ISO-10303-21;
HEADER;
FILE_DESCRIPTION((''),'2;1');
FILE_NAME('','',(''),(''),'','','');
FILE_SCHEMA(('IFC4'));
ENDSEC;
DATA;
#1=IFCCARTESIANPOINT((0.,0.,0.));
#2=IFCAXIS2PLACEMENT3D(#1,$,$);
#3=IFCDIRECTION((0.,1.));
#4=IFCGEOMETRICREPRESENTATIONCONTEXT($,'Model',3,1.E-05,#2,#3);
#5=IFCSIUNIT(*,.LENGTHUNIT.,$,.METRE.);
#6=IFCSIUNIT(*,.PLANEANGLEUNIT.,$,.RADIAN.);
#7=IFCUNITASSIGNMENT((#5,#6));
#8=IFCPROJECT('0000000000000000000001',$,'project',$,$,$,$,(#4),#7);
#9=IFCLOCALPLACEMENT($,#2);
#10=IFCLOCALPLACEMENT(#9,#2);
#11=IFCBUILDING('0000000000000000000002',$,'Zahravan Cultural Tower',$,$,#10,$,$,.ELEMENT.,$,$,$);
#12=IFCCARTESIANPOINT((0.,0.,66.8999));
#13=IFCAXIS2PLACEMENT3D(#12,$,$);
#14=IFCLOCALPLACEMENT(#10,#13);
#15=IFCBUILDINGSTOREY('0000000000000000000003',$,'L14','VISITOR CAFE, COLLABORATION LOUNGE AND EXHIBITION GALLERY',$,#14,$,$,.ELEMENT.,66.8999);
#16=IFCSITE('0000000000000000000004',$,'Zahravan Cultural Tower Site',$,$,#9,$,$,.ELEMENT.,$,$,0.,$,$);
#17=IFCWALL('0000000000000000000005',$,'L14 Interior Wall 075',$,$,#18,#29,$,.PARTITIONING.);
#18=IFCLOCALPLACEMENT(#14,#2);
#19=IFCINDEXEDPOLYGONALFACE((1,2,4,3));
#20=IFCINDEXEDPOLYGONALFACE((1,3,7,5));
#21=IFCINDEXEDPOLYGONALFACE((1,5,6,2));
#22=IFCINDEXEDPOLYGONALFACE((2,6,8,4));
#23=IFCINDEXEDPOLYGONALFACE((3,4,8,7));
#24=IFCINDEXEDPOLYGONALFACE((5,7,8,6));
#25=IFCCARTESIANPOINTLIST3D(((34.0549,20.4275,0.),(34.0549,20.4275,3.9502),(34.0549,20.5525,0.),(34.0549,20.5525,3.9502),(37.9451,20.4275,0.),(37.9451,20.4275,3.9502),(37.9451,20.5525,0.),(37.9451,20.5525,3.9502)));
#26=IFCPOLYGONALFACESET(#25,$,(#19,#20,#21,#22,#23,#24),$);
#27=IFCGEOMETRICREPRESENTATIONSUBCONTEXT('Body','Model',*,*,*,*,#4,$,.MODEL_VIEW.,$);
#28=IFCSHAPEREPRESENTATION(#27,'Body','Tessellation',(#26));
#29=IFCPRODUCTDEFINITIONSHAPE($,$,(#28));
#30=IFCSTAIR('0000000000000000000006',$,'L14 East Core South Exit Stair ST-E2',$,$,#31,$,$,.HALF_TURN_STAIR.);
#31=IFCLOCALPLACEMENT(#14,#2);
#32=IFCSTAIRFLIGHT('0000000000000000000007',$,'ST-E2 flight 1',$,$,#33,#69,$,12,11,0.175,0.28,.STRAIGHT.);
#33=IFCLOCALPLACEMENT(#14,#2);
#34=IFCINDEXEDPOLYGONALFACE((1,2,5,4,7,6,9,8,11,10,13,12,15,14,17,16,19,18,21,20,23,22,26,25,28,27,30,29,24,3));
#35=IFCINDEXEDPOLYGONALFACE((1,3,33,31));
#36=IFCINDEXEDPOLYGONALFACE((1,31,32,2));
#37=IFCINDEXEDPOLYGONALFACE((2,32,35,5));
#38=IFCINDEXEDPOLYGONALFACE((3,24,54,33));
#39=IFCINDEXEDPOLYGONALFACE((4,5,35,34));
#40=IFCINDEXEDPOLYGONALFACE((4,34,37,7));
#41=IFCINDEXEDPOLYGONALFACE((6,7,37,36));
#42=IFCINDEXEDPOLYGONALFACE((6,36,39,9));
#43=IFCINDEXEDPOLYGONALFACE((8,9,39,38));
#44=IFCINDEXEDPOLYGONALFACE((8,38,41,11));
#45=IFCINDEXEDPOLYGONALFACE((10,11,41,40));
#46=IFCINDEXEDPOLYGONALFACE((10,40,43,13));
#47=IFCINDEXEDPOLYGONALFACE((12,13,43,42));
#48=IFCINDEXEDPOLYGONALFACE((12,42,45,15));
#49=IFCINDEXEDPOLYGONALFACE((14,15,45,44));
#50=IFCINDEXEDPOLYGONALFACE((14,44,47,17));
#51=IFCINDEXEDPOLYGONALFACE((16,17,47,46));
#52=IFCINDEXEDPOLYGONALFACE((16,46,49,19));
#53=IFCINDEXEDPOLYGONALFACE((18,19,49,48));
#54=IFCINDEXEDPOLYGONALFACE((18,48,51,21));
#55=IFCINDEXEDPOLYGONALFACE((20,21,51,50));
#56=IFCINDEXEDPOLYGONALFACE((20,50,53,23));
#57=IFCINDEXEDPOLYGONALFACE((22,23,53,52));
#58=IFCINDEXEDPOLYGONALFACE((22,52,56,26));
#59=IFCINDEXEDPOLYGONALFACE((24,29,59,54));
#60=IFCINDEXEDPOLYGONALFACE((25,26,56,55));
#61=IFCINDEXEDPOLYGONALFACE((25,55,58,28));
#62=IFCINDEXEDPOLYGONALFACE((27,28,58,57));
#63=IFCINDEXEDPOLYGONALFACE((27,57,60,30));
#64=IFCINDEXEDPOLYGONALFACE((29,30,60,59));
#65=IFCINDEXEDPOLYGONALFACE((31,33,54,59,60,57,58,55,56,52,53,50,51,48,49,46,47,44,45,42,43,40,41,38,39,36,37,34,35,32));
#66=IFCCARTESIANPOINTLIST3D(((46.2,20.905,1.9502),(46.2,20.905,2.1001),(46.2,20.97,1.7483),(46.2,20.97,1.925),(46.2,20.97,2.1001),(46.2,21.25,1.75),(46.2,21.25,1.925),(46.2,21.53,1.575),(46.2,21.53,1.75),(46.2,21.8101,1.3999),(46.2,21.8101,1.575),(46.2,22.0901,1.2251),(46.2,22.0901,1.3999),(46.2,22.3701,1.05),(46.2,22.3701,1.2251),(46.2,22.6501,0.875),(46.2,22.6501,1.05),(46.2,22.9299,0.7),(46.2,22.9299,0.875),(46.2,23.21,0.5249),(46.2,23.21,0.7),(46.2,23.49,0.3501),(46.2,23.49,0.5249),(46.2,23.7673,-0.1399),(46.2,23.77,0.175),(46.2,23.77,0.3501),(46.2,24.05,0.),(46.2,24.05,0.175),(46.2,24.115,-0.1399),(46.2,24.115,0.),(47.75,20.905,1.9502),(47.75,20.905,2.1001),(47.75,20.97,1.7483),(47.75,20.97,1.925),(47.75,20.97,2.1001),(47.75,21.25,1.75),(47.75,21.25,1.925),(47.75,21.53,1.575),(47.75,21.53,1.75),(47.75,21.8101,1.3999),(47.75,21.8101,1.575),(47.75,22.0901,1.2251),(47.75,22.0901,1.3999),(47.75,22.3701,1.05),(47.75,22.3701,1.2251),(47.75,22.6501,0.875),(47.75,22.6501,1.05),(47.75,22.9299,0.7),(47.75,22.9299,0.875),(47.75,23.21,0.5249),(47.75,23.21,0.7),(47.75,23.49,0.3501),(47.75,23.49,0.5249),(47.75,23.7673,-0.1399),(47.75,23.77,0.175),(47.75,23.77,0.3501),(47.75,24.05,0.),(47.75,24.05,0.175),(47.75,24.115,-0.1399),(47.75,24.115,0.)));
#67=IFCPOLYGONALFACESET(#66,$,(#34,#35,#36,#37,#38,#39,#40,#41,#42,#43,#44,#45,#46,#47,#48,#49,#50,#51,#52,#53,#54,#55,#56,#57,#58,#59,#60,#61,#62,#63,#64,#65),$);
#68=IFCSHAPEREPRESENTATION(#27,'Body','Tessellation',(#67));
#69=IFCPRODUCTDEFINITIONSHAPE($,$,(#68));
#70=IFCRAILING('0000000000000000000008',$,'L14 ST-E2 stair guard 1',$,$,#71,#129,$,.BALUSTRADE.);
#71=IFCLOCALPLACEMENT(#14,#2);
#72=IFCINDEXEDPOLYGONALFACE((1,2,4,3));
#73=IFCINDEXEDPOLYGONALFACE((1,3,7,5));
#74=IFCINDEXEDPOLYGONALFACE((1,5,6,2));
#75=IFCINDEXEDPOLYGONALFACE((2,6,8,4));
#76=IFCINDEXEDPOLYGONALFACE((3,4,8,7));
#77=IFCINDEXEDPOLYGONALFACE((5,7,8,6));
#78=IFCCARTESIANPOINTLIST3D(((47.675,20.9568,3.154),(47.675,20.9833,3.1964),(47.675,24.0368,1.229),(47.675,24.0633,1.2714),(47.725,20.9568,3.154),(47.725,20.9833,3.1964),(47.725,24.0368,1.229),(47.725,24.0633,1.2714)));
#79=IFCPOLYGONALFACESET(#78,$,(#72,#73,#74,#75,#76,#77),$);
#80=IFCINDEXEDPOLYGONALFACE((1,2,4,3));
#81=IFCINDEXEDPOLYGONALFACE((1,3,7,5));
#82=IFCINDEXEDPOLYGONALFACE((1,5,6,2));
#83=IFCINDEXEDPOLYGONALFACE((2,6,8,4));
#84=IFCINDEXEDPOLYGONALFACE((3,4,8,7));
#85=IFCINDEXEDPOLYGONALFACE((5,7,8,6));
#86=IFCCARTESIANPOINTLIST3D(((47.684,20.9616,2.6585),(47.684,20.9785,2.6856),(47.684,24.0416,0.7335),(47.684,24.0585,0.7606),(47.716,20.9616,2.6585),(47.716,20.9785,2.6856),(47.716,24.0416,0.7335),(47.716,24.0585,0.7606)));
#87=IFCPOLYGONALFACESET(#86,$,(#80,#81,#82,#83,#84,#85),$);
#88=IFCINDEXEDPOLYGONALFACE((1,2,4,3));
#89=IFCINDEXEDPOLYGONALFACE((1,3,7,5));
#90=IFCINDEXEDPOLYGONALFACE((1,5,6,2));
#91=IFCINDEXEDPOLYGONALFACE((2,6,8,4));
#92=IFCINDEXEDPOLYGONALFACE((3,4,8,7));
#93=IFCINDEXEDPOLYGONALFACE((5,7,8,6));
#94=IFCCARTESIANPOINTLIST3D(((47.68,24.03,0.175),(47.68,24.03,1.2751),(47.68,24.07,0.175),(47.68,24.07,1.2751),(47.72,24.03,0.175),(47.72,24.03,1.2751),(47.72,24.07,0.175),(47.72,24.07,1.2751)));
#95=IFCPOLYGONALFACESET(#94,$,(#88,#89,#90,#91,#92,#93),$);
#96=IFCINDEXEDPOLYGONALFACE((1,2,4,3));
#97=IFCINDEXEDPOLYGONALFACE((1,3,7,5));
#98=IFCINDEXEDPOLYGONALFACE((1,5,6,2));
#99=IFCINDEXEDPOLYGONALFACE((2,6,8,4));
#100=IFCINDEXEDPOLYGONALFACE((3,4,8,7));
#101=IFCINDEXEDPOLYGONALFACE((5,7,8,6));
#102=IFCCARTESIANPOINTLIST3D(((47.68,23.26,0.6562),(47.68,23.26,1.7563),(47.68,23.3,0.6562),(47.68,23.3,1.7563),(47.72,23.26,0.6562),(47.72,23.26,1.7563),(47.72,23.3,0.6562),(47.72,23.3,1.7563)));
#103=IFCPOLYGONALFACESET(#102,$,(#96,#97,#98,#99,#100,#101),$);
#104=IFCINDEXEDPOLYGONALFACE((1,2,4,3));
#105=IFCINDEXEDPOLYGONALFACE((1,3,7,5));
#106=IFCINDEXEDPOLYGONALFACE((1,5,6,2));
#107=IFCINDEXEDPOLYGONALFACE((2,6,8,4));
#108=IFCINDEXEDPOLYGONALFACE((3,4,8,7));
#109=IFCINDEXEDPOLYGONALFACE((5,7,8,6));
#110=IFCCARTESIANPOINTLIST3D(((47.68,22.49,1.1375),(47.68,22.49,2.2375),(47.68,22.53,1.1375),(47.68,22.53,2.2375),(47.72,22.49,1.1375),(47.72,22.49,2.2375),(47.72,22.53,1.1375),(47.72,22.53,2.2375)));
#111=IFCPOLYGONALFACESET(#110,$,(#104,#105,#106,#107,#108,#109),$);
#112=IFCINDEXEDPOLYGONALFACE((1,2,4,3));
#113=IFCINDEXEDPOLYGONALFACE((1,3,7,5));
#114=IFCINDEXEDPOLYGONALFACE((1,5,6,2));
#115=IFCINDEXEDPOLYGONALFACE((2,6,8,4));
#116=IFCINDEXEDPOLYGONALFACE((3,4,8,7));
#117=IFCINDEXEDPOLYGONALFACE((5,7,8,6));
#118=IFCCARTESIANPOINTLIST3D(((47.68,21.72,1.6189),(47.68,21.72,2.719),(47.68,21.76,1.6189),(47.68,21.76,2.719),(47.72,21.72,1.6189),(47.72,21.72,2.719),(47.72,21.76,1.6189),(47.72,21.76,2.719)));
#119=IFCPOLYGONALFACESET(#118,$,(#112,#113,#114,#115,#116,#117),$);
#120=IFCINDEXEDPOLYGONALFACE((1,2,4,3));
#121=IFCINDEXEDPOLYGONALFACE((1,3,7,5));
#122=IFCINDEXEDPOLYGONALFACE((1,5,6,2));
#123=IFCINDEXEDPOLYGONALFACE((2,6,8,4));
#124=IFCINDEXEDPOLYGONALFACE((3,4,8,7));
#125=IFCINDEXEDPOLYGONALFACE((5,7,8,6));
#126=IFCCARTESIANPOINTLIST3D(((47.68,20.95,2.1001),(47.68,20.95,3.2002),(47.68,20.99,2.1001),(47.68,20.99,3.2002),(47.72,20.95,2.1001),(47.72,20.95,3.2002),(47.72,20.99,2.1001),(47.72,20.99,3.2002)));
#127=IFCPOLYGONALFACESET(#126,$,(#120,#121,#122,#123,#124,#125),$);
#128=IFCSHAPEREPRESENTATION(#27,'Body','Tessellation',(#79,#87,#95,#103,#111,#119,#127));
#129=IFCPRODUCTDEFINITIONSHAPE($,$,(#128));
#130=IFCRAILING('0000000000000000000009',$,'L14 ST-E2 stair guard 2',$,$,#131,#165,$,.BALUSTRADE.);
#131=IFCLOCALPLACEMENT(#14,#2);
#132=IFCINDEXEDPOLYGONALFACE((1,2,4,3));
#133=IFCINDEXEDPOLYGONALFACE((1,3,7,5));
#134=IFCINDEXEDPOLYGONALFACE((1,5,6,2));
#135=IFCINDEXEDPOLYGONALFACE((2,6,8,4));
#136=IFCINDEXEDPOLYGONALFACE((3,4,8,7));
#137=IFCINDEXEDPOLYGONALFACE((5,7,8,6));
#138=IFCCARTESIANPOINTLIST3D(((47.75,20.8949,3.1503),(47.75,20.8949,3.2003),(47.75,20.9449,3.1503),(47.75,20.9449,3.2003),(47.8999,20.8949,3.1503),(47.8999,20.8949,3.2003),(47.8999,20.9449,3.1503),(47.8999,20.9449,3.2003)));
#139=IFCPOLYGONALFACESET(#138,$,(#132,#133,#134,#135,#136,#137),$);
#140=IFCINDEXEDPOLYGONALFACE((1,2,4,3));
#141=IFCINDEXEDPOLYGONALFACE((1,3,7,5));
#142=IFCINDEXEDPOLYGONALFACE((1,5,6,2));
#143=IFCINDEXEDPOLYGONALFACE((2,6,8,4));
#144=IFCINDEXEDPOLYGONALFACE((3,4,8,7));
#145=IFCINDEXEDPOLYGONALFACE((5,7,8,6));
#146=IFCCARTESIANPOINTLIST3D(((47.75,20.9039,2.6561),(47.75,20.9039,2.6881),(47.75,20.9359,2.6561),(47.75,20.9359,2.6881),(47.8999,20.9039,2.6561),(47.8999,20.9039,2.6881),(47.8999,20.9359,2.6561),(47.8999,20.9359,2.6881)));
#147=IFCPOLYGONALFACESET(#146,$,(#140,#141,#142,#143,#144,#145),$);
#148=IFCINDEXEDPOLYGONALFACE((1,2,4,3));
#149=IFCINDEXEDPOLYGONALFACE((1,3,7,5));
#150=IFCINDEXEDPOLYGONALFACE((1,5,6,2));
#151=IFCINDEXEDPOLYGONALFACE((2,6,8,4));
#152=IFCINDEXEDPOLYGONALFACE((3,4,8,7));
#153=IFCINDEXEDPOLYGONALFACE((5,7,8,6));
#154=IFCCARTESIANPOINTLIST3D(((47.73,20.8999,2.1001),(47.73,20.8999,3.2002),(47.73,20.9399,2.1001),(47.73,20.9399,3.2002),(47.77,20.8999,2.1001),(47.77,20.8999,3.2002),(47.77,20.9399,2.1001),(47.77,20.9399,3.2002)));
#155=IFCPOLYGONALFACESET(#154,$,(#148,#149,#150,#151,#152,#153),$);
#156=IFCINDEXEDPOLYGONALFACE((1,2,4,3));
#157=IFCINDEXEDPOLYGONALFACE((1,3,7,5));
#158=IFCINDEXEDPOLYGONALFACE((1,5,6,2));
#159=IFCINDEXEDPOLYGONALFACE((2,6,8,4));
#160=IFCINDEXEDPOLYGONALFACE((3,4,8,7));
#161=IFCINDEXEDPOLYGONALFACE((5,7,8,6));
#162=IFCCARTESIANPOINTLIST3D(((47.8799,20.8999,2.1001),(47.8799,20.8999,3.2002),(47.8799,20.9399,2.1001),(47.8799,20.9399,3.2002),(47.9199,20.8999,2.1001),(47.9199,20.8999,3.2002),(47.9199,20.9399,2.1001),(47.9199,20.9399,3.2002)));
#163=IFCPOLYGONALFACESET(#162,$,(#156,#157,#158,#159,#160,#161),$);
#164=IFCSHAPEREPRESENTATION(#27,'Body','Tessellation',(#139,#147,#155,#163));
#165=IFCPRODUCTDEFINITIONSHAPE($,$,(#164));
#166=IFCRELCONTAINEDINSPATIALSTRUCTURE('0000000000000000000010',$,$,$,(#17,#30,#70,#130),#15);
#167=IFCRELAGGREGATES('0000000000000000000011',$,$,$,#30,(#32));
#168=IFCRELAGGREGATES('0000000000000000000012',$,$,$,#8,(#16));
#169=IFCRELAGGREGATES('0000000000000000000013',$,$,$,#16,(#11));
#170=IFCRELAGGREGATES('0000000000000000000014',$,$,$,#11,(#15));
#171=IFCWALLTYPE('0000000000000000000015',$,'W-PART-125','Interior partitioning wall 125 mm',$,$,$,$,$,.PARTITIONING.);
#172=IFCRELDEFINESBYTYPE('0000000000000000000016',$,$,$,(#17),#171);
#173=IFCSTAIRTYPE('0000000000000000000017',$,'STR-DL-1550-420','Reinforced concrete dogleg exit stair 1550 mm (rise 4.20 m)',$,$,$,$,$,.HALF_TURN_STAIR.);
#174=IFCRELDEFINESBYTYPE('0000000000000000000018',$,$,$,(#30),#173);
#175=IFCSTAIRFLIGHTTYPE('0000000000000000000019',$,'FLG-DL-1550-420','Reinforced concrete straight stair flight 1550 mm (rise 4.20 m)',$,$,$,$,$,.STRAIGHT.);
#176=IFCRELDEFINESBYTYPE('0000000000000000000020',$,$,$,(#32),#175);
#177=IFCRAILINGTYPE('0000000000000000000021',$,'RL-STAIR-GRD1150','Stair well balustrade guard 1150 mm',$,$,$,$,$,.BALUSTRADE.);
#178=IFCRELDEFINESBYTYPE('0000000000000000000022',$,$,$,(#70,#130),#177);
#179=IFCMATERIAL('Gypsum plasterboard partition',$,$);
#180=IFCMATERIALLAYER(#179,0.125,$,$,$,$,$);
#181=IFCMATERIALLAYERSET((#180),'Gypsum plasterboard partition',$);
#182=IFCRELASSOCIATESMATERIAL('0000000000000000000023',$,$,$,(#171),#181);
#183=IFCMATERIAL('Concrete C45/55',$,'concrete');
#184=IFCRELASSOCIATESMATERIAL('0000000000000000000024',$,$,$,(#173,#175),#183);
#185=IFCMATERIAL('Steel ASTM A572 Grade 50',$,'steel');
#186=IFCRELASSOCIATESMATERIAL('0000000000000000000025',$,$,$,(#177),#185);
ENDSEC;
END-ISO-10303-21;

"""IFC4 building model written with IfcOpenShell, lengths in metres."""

from ifc_helpers import new_model, si_unit, direction, frame, frame_2d, origin, origin_2d, place, context, subcontext, project, spatial, polyline, rectangle, outline, extrude, source, transform, mapped, material, layer, layer_set, type_object, element, aggregate, save


model = new_model("IFC4")

# Units and contexts
model_context = context("Model", 3, precision=1e-05, world=origin(), true_north=direction((0.0, 1.0)))
body_context = subcontext(model_context, "Body", "Model", "MODEL_VIEW")
ifc_project = project(units=[si_unit("LENGTHUNIT", "METRE"), si_unit("PLANEANGLEUNIT", "RADIAN")], contexts=[model_context])

# Site, building, storey
site_placement = place(None, origin())
site = spatial("IfcSite", under=ifc_project, at=site_placement, Name="Zahravan Cultural Tower Site", CompositionType="ELEMENT", RefElevation=0.0)
building_placement = place(site_placement, origin())
building = spatial("IfcBuilding", under=site, at=building_placement, Name="Zahravan Cultural Tower", CompositionType="ELEMENT")
storey_placement = place(building_placement, frame((0.0, 0.0, 66.8999)))
storey = spatial("IfcBuildingStorey", under=building, at=storey_placement, Name="L14", Description="VISITOR CAFE, COLLABORATION LOUNGE AND EXHIBITION GALLERY", CompositionType="ELEMENT", Elevation=66.8999)

# Shared definitions
ifc_material_1 = material(Name="Concrete C45/55", Category="concrete")
ifc_material_2 = material(Name="Steel ASTM A572 Grade 50", Category="steel")

# Wall
ifc_material_3 = material(Name="Gypsum plasterboard partition")
ifc_layer_1 = layer(ifc_material_3, 0.125)
ifc_layer_set_1 = layer_set([ifc_layer_1], Name="Gypsum plasterboard partition")
wall_type_1 = type_object("IfcWallType", Name="W-PART-125", Description="Interior partitioning wall 125 mm", PredefinedType="PARTITIONING", material=ifc_layer_set_1)
shared_shape_1 = source(origin(), body_context, "Body", "SweptSolid", [
    extrude(rectangle(XDim=3.8901, YDim=0.125, at=frame_2d((1.9451, 0.0))), origin(), (0.0, 0.0, 1.0), 3.9502),
])
wall_1_placement = place(storey_placement, frame((37.9451, 20.49, 0.0), z_axis=(0.0, 0.0, 1.0), x_axis=(-1.0, 0.0, 0.0)))
element("IfcWall", 1, at=wall_1_placement, inside=storey, type_object=wall_type_1, Name="L14 Interior Wall 075", PredefinedType="PARTITIONING", context=body_context, shape_type="MappedRepresentation", body=[
    mapped(shared_shape_1, transform((0.0, 0.0, 0.0), x_axis=(1.0, 0.0, 0.0), y_axis=(0.0, 1.0, 0.0), z_axis=(0.0, 0.0, 1.0), scale=1.0)),
])

# Stair, stair flight
stair_type = type_object("IfcStairType", Name="STR-DL-1550-420", Description="Reinforced concrete dogleg exit stair 1550 mm (rise 4.20 m)", PredefinedType="HALF_TURN_STAIR", material=ifc_material_1)
stair_placement = place(storey_placement, origin())
stair = element("IfcStair", 2, at=stair_placement, inside=storey, type_object=stair_type, Name="L14 East Core South Exit Stair ST-E2", PredefinedType="HALF_TURN_STAIR")
stair_flight_type = type_object("IfcStairFlightType", Name="FLG-DL-1550-420", Description="Reinforced concrete straight stair flight 1550 mm (rise 4.20 m)", PredefinedType="STRAIGHT", material=ifc_material_1)
stair_flight_placement = place(storey_placement, frame((46.9751, 24.05, 0.0), z_axis=(0.0, 0.0, 1.0), x_axis=(0.0, -1.0, 0.0)))
stair_flight = element("IfcStairFlight", 3, at=stair_flight_placement, type_object=stair_flight_type, Name="ST-E2 flight 1", NumberOfRisers=12, NumberOfTreads=11, PredefinedType="STRAIGHT", RiserHeight=0.175, TreadLength=0.28, context=body_context, shape_type="SweptSolid", body=[
    extrude(outline(polyline([(-0.0649, -0.1399), (-0.0649, 0.0), (0.0, 0.0), (0.0, 0.175), (0.28, 0.175), (0.28, 0.3501), (0.5601, 0.3501), (0.5601, 0.5249), (0.8401, 0.5249), (0.8401, 0.7), (1.1201, 0.7), (1.1201, 0.875), (1.3999, 0.875), (1.3999, 1.05), (1.6799, 1.05), (1.6799, 1.2251), (1.96, 1.2251), (1.96, 1.3999), (2.24, 1.3999), (2.24, 1.575), (2.52, 1.575), (2.52, 1.75), (2.8, 1.75), (2.8, 1.925), (3.0801, 1.925), (3.0801, 2.1001), (3.145, 2.1001), (3.145, 1.9502), (3.0801, 1.7483), (0.2827, -0.1399), (-0.0649, -0.1399)])), frame((0.0, 0.7749, 0.0), z_axis=(0.0, -1.0, 0.0), x_axis=(1.0, 0.0, 0.0)), (0.0, 0.0, 1.0), 1.55),
])
aggregate(stair, [stair_flight])

# Railings
railing_type_1 = type_object("IfcRailingType", Name="RL-STAIR-GRD1150", Description="Stair well balustrade guard 1150 mm", PredefinedType="BALUSTRADE", material=ifc_material_2)
railing_1_placement = place(storey_placement, frame((47.7, 24.05, 0.175)))
element("IfcRailing", 4, at=railing_1_placement, inside=storey, type_object=railing_type_1, Name="L14 ST-E2 stair guard 1", PredefinedType="BALUSTRADE", context=body_context, shape_type="SweptSolid", body=[
    extrude(rectangle(XDim=0.05, YDim=0.05, at=origin_2d()), frame((0.0, 0.0, 1.0752), z_axis=(0.0, -0.847998, 0.529999), x_axis=(1.0, 0.0, 0.0)), (0.0, 0.0, 1.0), 3.6321),
    extrude(rectangle(XDim=0.032, YDim=0.032, at=origin_2d()), frame((0.0, 0.0, 0.572), z_axis=(0.0, -0.847998, 0.529999), x_axis=(1.0, 0.0, 0.0)), (0.0, 0.0, 1.0), 3.6321),
    extrude(rectangle(XDim=0.04, YDim=0.04, at=origin_2d()), origin(), (0.0, 0.0, 1.0), 1.1001),
    extrude(rectangle(XDim=0.04, YDim=0.04, at=origin_2d()), frame((0.0, -0.77, 0.4812)), (0.0, 0.0, 1.0), 1.1001),
    extrude(rectangle(XDim=0.04, YDim=0.04, at=origin_2d()), frame((0.0, -1.54, 0.9624)), (0.0, 0.0, 1.0), 1.1001),
    extrude(rectangle(XDim=0.04, YDim=0.04, at=origin_2d()), frame((0.0, -2.3101, 1.4438)), (0.0, 0.0, 1.0), 1.1001),
    extrude(rectangle(XDim=0.04, YDim=0.04, at=origin_2d()), frame((0.0, -3.0801, 1.925)), (0.0, 0.0, 1.0), 1.1001),
])
railing_2_placement = place(storey_placement, frame((47.75, 20.9199, 2.1001)))
element("IfcRailing", 5, at=railing_2_placement, inside=storey, type_object=railing_type_1, Name="L14 ST-E2 stair guard 2", PredefinedType="BALUSTRADE", context=body_context, shape_type="SweptSolid", body=[
    extrude(rectangle(XDim=0.05, YDim=0.05, at=origin_2d()), frame((0.0, 0.0, 1.0752), z_axis=(1.0, 0.0, 0.0), x_axis=(0.0, 1.0, 0.0)), (0.0, 0.0, 1.0), 0.1499),
    extrude(rectangle(XDim=0.032, YDim=0.032, at=origin_2d()), frame((0.0, 0.0, 0.572), z_axis=(1.0, 0.0, 0.0), x_axis=(0.0, 1.0, 0.0)), (0.0, 0.0, 1.0), 0.1499),
    extrude(rectangle(XDim=0.04, YDim=0.04, at=origin_2d()), origin(), (0.0, 0.0, 1.0), 1.1001),
    extrude(rectangle(XDim=0.04, YDim=0.04, at=origin_2d()), frame((0.1499, 0.0, 0.0)), (0.0, 0.0, 1.0), 1.1001),
])

save(model, "model.ifc")
